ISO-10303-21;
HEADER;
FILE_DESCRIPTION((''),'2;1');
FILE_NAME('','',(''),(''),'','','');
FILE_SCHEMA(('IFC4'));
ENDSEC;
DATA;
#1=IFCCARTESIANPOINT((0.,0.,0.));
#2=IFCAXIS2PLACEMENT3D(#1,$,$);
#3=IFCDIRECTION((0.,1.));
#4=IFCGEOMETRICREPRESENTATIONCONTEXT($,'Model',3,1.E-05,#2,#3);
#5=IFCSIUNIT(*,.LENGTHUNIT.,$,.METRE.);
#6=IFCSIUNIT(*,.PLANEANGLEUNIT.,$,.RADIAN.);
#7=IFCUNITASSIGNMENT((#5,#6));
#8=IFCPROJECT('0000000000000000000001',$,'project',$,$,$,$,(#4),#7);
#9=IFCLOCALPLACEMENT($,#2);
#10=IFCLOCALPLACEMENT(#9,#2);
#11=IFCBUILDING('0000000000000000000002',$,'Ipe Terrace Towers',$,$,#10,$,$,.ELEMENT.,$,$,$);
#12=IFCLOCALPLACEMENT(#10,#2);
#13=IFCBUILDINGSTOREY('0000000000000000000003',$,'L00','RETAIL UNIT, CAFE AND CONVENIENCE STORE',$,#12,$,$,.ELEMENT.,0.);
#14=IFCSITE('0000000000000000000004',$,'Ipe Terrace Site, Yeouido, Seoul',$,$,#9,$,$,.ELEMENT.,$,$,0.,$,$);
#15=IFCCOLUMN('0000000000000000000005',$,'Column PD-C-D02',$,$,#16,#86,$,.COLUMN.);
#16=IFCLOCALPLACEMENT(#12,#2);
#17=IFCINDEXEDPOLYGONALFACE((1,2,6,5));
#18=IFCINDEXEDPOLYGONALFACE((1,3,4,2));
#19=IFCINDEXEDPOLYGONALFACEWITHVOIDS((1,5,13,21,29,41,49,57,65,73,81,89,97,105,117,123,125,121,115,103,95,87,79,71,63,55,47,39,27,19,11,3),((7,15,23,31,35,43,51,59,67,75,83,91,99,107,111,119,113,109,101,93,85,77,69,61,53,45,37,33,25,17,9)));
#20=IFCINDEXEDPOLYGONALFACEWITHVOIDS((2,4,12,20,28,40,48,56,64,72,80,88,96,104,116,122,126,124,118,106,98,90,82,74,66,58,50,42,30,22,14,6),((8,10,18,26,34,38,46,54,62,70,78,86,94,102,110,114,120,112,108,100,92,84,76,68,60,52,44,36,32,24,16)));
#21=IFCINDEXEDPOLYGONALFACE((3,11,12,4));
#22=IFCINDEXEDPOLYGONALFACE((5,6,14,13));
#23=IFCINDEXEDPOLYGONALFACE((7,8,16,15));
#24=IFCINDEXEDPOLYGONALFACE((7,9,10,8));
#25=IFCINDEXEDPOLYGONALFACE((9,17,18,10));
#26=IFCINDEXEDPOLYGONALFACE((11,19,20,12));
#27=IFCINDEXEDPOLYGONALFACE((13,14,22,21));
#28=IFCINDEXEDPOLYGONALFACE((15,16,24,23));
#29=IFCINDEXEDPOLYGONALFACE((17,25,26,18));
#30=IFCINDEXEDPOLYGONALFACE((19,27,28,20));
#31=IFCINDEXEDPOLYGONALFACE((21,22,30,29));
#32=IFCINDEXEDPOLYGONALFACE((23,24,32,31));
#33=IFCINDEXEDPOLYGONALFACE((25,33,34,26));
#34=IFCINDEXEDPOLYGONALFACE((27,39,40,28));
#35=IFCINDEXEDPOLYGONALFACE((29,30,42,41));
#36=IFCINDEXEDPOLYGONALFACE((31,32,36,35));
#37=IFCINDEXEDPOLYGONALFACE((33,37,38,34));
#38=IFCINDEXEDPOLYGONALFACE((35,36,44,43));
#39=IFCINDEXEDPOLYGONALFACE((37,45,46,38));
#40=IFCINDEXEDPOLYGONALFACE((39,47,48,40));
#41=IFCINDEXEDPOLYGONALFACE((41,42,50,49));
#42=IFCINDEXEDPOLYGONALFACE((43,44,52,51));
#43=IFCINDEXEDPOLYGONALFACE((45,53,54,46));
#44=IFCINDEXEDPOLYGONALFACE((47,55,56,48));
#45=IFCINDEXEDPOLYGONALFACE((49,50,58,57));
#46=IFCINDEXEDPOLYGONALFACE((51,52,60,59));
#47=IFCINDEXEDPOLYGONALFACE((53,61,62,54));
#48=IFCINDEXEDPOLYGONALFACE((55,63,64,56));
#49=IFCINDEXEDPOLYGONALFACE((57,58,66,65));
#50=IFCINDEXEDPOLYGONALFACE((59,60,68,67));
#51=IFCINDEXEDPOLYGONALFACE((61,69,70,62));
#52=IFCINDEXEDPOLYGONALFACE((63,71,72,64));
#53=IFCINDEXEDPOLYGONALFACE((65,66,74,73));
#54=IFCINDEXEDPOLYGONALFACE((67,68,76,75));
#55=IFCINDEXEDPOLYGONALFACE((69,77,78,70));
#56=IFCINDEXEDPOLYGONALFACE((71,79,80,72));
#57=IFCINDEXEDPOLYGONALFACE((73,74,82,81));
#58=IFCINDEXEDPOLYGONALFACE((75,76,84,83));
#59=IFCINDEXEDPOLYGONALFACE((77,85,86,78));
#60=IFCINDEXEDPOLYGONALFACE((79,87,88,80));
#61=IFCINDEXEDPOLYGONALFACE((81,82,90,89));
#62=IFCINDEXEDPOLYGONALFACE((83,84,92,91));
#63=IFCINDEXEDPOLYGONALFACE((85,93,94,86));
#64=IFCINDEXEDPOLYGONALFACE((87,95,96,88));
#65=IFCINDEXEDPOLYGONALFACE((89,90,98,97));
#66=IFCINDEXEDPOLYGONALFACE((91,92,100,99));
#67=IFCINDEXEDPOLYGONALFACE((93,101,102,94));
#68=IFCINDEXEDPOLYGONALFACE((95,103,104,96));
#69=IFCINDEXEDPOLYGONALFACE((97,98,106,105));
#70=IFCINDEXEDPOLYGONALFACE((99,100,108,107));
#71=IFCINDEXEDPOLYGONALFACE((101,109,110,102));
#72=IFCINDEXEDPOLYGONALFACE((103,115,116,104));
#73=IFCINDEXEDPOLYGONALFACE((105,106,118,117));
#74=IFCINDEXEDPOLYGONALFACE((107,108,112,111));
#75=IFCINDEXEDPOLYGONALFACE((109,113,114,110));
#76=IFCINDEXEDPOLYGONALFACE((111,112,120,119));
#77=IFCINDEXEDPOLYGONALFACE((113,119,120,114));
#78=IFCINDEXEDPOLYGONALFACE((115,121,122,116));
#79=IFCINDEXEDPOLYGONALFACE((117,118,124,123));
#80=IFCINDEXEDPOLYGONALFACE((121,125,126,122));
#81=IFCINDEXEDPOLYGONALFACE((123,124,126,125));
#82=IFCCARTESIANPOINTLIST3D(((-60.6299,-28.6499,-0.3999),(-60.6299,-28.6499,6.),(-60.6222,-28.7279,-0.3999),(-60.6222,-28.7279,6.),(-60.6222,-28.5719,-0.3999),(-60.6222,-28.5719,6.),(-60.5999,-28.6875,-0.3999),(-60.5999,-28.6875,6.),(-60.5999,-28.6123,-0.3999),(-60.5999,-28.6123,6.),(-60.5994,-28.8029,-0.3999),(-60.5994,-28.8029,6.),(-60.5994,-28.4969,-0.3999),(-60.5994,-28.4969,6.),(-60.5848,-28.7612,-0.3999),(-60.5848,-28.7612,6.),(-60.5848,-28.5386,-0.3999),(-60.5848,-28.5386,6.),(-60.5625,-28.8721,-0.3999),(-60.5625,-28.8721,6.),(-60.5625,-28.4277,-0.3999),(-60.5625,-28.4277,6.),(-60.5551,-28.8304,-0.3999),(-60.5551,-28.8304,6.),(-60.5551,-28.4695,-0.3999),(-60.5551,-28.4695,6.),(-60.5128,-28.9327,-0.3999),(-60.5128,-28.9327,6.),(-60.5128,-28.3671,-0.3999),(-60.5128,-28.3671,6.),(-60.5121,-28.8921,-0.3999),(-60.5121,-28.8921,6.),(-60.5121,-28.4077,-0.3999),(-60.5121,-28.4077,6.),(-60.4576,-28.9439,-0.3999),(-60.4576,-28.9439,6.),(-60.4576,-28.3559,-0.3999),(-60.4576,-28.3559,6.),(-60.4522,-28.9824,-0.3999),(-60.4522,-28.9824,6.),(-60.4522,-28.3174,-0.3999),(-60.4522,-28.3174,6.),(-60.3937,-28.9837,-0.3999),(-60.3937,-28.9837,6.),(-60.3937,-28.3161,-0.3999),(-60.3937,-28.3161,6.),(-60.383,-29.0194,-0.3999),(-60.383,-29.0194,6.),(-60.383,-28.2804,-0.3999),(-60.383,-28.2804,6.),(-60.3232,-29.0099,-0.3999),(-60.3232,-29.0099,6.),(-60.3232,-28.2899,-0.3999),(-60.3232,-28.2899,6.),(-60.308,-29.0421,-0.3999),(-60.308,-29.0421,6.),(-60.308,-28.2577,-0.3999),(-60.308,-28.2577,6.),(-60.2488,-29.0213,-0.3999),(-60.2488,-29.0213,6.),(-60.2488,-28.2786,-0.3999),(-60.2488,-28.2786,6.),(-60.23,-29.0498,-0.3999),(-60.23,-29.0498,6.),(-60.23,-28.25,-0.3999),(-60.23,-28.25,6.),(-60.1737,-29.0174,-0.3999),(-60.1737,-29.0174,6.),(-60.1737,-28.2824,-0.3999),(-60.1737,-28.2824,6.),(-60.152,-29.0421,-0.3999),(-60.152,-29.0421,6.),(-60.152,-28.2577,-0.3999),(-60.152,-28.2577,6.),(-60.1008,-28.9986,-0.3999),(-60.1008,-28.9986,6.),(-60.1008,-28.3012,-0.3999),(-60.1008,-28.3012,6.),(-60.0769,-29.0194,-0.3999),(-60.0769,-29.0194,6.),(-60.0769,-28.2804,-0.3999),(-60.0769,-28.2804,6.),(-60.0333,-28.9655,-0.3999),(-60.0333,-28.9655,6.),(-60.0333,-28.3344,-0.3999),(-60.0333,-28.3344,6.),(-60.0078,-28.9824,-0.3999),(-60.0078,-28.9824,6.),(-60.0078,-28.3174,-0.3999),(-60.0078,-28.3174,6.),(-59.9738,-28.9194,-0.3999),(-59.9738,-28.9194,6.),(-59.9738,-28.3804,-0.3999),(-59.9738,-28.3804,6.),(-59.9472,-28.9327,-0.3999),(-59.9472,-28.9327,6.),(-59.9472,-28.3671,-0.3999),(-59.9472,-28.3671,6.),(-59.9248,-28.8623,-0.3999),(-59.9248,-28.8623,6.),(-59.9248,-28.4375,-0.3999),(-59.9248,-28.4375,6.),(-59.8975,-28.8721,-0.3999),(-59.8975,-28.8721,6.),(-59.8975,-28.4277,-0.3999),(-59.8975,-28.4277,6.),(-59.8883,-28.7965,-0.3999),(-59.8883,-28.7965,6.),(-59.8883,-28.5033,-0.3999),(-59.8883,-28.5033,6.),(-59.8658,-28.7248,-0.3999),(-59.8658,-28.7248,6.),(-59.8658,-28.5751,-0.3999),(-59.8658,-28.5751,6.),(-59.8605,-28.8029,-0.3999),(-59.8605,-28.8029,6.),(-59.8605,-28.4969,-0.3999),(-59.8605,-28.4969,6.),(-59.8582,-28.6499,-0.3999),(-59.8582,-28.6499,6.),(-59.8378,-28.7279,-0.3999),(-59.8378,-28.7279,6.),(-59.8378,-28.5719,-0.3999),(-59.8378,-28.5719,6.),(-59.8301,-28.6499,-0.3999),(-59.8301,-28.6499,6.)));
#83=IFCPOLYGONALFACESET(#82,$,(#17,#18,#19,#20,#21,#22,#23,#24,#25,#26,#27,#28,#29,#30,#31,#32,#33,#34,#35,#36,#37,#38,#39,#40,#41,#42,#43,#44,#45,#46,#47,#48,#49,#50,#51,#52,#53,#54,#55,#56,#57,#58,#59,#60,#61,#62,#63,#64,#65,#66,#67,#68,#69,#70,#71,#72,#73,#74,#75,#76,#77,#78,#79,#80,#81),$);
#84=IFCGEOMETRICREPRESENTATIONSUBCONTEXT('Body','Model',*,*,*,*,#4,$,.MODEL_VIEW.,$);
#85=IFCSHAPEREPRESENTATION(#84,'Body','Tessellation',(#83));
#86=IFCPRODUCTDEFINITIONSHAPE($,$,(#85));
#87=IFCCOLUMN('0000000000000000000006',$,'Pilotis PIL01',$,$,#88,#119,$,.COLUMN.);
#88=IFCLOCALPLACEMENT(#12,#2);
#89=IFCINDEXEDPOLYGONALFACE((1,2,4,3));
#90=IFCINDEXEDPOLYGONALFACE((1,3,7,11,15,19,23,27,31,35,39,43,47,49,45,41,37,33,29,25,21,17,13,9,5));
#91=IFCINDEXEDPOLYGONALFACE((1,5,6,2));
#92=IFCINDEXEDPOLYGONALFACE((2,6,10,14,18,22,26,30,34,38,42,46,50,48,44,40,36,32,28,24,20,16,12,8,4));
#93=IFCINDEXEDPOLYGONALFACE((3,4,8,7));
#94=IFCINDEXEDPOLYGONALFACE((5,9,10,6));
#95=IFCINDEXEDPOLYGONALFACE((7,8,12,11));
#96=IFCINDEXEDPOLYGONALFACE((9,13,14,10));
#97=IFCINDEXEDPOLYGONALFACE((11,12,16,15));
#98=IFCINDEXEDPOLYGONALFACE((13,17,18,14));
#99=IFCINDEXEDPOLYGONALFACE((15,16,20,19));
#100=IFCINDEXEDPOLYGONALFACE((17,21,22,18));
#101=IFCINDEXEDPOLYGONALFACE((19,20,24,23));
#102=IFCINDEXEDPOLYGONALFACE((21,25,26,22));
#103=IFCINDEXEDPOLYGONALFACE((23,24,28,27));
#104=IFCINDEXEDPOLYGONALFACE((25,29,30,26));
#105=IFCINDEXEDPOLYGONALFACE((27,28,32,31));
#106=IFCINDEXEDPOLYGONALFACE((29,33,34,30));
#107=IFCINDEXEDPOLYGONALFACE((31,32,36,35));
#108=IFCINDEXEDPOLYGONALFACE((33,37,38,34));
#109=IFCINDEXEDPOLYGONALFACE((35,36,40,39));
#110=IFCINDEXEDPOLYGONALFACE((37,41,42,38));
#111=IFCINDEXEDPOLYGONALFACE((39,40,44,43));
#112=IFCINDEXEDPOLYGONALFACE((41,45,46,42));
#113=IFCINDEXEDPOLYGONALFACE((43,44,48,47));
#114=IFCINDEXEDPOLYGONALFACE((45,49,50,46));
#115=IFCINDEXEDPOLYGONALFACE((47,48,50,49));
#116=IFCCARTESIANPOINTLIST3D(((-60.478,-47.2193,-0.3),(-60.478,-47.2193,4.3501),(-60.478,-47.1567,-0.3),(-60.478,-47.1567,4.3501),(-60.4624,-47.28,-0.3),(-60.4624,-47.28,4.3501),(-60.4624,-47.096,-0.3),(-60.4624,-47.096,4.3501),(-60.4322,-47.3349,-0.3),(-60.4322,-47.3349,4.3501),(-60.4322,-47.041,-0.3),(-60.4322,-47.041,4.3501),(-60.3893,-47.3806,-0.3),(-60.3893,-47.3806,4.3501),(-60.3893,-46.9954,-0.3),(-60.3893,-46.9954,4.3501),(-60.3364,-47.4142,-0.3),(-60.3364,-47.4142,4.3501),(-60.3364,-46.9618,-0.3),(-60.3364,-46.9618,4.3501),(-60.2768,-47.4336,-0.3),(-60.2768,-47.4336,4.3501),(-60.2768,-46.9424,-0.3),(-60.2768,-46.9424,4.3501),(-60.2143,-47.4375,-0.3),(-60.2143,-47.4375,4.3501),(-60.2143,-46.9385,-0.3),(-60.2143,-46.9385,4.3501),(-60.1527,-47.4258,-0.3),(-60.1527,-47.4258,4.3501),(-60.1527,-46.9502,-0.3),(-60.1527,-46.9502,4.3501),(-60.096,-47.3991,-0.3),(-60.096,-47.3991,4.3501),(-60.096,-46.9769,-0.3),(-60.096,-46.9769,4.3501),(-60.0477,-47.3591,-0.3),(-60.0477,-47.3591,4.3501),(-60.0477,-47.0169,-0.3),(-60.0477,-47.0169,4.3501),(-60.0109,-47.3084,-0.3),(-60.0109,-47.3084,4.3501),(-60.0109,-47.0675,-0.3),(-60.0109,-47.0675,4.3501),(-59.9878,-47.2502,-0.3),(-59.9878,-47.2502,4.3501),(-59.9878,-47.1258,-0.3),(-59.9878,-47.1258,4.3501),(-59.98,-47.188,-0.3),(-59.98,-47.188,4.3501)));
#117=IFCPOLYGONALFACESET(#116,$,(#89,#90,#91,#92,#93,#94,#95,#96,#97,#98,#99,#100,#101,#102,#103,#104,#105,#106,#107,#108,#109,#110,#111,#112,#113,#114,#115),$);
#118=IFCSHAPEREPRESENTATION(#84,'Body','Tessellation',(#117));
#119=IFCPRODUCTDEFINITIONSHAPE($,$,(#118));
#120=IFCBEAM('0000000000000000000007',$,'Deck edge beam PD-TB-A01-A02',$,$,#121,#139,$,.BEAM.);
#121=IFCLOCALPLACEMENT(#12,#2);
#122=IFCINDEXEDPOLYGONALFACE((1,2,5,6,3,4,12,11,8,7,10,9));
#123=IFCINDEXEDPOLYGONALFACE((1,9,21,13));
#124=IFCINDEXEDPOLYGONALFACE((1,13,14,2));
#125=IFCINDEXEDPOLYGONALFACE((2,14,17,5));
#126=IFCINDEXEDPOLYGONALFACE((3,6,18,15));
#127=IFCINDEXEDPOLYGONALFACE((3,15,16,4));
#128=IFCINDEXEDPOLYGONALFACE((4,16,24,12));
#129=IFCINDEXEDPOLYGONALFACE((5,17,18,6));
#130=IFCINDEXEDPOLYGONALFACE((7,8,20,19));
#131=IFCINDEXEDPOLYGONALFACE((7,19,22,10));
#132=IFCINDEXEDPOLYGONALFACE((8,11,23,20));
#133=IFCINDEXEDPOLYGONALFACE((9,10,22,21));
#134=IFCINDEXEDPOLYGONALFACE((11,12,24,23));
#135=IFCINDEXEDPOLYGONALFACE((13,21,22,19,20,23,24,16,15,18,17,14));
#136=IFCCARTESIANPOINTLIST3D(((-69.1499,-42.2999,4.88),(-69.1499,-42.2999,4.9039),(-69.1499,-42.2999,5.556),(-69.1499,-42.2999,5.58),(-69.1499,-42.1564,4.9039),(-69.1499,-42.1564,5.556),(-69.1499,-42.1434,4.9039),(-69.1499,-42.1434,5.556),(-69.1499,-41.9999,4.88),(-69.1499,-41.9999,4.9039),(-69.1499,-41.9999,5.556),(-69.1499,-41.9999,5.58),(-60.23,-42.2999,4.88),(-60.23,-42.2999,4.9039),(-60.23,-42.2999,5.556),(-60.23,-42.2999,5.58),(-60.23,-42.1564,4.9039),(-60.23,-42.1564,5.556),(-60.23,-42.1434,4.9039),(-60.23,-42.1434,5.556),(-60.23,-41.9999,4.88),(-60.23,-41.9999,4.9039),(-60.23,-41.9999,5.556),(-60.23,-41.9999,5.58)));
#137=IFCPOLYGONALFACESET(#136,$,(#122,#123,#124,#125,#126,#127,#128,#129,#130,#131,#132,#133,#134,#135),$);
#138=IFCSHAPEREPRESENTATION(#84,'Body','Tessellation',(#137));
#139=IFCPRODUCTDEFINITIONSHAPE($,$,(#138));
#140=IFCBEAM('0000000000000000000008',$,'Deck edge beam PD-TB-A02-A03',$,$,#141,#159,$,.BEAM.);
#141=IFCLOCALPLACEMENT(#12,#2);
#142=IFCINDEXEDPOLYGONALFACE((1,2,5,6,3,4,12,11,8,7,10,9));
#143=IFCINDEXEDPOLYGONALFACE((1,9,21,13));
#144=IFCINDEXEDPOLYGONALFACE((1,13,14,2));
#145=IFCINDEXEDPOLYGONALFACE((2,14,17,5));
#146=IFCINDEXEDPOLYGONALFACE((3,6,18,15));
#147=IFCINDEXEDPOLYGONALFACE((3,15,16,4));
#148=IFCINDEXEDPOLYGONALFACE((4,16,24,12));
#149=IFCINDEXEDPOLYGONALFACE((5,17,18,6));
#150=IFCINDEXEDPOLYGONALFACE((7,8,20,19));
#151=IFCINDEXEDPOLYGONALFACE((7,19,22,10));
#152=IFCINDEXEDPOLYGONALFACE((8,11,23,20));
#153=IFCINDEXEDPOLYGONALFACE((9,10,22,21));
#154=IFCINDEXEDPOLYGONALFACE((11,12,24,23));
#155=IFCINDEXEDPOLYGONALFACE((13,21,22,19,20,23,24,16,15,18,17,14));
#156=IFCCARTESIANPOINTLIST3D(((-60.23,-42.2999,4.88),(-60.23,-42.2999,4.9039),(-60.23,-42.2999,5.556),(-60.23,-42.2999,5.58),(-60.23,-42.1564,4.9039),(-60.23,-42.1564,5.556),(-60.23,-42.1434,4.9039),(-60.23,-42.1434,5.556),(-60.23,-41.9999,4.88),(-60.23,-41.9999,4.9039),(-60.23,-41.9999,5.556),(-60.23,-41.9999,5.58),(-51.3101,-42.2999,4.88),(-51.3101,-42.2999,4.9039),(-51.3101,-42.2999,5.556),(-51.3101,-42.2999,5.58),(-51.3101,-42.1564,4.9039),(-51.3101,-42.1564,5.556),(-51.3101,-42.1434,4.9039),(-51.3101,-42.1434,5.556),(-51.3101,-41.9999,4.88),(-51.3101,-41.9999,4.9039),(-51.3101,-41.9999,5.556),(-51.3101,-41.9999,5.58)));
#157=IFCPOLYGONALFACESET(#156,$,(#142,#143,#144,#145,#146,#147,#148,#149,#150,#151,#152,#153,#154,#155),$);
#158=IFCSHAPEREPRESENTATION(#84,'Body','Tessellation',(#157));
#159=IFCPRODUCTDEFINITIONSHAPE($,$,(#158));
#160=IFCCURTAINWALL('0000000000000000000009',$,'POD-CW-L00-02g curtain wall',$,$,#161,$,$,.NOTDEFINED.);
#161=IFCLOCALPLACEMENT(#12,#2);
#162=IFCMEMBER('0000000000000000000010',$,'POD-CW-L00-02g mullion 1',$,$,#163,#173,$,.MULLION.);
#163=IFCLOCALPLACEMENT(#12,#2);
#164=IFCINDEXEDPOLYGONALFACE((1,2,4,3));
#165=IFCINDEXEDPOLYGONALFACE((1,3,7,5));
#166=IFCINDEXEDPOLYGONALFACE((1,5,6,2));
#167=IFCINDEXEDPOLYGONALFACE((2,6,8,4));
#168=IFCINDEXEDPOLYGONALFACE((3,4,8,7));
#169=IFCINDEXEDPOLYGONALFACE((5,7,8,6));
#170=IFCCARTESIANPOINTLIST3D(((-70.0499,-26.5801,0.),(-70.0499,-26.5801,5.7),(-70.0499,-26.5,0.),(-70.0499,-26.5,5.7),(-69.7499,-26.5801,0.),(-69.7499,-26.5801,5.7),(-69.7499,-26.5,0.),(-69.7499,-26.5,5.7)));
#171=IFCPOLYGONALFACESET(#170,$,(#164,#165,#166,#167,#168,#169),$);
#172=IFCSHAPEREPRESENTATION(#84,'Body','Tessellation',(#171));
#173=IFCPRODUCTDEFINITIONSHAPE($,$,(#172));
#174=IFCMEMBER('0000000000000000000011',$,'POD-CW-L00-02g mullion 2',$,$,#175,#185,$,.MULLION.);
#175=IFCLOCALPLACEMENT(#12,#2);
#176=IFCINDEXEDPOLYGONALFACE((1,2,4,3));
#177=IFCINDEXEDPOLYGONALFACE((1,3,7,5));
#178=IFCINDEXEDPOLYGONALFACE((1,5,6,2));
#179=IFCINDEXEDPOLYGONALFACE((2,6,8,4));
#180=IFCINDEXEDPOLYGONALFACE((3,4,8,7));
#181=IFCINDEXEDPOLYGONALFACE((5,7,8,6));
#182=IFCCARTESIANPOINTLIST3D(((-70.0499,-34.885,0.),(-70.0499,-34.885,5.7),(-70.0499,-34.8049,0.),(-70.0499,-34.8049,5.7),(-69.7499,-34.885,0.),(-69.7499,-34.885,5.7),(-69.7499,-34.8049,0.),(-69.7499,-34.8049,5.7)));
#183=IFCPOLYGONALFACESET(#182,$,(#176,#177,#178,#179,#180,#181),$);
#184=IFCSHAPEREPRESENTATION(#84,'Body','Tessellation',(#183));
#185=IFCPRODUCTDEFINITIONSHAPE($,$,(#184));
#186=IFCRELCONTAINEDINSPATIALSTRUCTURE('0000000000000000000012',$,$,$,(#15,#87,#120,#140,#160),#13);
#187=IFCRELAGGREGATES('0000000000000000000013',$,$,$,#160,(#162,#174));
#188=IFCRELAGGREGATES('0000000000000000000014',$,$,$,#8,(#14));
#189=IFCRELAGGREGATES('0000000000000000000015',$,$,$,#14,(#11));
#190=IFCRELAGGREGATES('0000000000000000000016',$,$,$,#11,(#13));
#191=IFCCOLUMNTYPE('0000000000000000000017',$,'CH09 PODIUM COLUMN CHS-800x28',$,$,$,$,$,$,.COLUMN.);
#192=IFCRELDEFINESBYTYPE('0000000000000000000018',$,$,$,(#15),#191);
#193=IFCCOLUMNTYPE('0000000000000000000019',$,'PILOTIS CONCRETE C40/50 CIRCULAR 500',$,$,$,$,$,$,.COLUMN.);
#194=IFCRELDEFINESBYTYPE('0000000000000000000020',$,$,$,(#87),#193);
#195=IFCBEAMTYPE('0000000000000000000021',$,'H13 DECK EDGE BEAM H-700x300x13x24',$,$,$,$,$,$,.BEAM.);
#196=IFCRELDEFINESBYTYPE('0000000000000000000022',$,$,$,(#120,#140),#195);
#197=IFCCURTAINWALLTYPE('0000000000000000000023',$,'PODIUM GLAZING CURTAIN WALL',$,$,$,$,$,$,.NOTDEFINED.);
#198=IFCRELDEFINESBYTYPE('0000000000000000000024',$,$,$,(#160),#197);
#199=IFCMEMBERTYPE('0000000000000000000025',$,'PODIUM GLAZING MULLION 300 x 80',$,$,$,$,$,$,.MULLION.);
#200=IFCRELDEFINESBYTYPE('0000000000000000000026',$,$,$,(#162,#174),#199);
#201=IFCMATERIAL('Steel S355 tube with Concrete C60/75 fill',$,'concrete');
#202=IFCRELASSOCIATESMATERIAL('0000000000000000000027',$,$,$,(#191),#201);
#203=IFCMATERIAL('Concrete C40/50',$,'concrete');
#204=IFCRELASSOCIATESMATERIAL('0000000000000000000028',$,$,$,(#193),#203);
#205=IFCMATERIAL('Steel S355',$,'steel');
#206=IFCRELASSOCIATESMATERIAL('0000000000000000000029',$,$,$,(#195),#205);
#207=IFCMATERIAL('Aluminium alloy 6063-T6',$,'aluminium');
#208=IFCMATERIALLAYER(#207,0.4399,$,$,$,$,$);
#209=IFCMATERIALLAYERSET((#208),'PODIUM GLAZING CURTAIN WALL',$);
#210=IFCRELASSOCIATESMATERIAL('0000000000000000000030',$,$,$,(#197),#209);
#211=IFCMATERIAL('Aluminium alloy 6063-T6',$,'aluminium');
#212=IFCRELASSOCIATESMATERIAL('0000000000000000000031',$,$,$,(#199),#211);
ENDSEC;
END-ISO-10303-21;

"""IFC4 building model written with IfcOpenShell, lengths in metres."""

from ifc_helpers import new_model, si_unit, direction, frame, origin, origin_2d, place, context, subcontext, project, spatial, rectangle, circle, hollow_circle, i_section, extrude, material, layer, layer_set, material_profile, profile_set, type_object, element, aggregate, save


model = new_model("IFC4")

# Units and contexts
model_context = context("Model", 3, precision=1e-05, world=origin(), true_north=direction((0.0, 1.0)))
body_context = subcontext(model_context, "Body", "Model", "MODEL_VIEW")
ifc_project = project(units=[si_unit("LENGTHUNIT", "METRE"), si_unit("PLANEANGLEUNIT", "RADIAN")], contexts=[model_context])

# Site, building, storey
site_placement = place(None, origin())
site = spatial("IfcSite", under=ifc_project, at=site_placement, Name="Ipe Terrace Site, Yeouido, Seoul", CompositionType="ELEMENT", RefElevation=0.0)
building_placement = place(site_placement, origin())
building = spatial("IfcBuilding", under=site, at=building_placement, Name="Ipe Terrace Towers", CompositionType="ELEMENT")
storey_placement = place(building_placement, origin())
storey = spatial("IfcBuildingStorey", under=building, at=storey_placement, Name="L00", Description="RETAIL UNIT, CAFE AND CONVENIENCE STORE", CompositionType="ELEMENT", Elevation=0.0)

# Columns
ifc_material_1 = material(Name="Steel S355 tube with Concrete C60/75 fill", Category="concrete")
ifc_material_profile_1 = material_profile(ifc_material_1, hollow_circle(Radius=0.3999, WallThickness=0.0281, at=origin_2d()), Name="CHS-800x28")
ifc_profile_set_1 = profile_set([ifc_material_profile_1], Name="Steel S355 tube with Concrete C60/75 fill")
column_type_1 = type_object("IfcColumnType", Name="CH09 PODIUM COLUMN CHS-800x28", PredefinedType="COLUMN", material=ifc_profile_set_1)
for number, where, z_axis, x_axis, name in (
    (1, (-60.23, -28.6499, -0.3999), (0.0, 0.0, 1.0), (1.0, 0.0, 0.0), "Column PD-C-D02"),
):
    element("IfcColumn", number, at=place(storey_placement, frame(where, z_axis=z_axis, x_axis=x_axis)), inside=storey, type_object=column_type_1, Name=name, PredefinedType="COLUMN", context=body_context, shape_type="SweptSolid", body=[
        extrude(hollow_circle(Radius=0.3999, WallThickness=0.0281, at=origin_2d()), origin(), (0.0, 0.0, 1.0), 6.3999),
    ])
ifc_material_2 = material(Name="Concrete C40/50", Category="concrete")
ifc_material_profile_2 = material_profile(ifc_material_2, circle(Radius=0.25, at=origin_2d()), Name="PILOTIS CONCRETE C40/50 CIRCULAR 500")
ifc_profile_set_2 = profile_set([ifc_material_profile_2], Name="Concrete C40/50")
column_type_2 = type_object("IfcColumnType", Name="PILOTIS CONCRETE C40/50 CIRCULAR 500", PredefinedType="COLUMN", material=ifc_profile_set_2)
column_placement = place(storey_placement, frame((-60.23, -47.188, -0.3), z_axis=(0.0, 0.0, 1.0), x_axis=(1.0, 0.0, 0.0)))
element("IfcColumn", 2, at=column_placement, inside=storey, type_object=column_type_2, Name="Pilotis PIL01", PredefinedType="COLUMN", context=body_context, shape_type="SweptSolid", body=[
    extrude(circle(Radius=0.25, at=origin_2d()), origin(), (0.0, 0.0, 1.0), 4.6501),
])

# Beams
ifc_material_3 = material(Name="Steel S355", Category="steel")
ifc_material_profile_3 = material_profile(ifc_material_3, i_section(OverallWidth=0.3, OverallDepth=0.7, WebThickness=0.0129, FlangeThickness=0.0239, at=origin_2d()), Name="H-700x300x13x24")
ifc_profile_set_3 = profile_set([ifc_material_profile_3], Name="Steel S355")
beam_type = type_object("IfcBeamType", Name="H13 DECK EDGE BEAM H-700x300x13x24", PredefinedType="BEAM", material=ifc_profile_set_3)
for number, where, z_axis, x_axis, name in (
    (3, (-69.1499, -42.1499, 5.23), (1.0, 0.0, 0.0), (0.0, 1.0, 0.0), "Deck edge beam PD-TB-A01-A02"),
    (4, (-60.23, -42.1499, 5.23), (1.0, 0.0, 0.0), (0.0, 1.0, 0.0), "Deck edge beam PD-TB-A02-A03"),
):
    element("IfcBeam", number, at=place(storey_placement, frame(where, z_axis=z_axis, x_axis=x_axis)), inside=storey, type_object=beam_type, Name=name, PredefinedType="BEAM", context=body_context, shape_type="SweptSolid", body=[
        extrude(i_section(OverallWidth=0.3, OverallDepth=0.7, WebThickness=0.0129, FlangeThickness=0.0239, at=origin_2d()), origin(), (0.0, 0.0, 1.0), 8.9199),
    ])

# Curtain wall, members
ifc_material_4 = material(Name="Aluminium alloy 6063-T6", Category="aluminium")
ifc_layer_1 = layer(ifc_material_4, 0.4399)
ifc_layer_set_1 = layer_set([ifc_layer_1], Name="PODIUM GLAZING CURTAIN WALL")
curtain_wall_type = type_object("IfcCurtainWallType", Name="PODIUM GLAZING CURTAIN WALL", PredefinedType="NOTDEFINED", material=ifc_layer_set_1)
curtain_wall_1_placement = place(storey_placement, origin())
curtain_wall_1 = element("IfcCurtainWall", 5, at=curtain_wall_1_placement, inside=storey, type_object=curtain_wall_type, Name="POD-CW-L00-02g curtain wall", PredefinedType="NOTDEFINED")
ifc_material_5 = material(Name="Aluminium alloy 6063-T6", Category="aluminium")
ifc_material_profile_4 = material_profile(ifc_material_5, rectangle(XDim=0.3, YDim=0.0801, at=origin_2d()), Name="PODIUM GLAZING MULLION 300 x 80")
ifc_profile_set_4 = profile_set([ifc_material_profile_4], Name="Aluminium alloy 6063-T6")
member_type_1 = type_object("IfcMemberType", Name="PODIUM GLAZING MULLION 300 x 80", PredefinedType="MULLION", material=ifc_profile_set_4)
member_1_placement = place(storey_placement, frame((-69.8999, -26.54, 0.0), z_axis=(0.0, 0.0, 1.0), x_axis=(-1.0, 0.0, 0.0)))
member_1 = element("IfcMember", 6, at=member_1_placement, type_object=member_type_1, Name="POD-CW-L00-02g mullion 1", PredefinedType="MULLION", context=body_context, shape_type="SweptSolid", body=[
    extrude(rectangle(XDim=0.3, YDim=0.0801, at=origin_2d()), origin(), (0.0, 0.0, 1.0), 5.7),
])
member_2_placement = place(storey_placement, frame((-69.8999, -34.845, 0.0), z_axis=(0.0, 0.0, 1.0), x_axis=(-1.0, 0.0, 0.0)))
member_2 = element("IfcMember", 7, at=member_2_placement, type_object=member_type_1, Name="POD-CW-L00-02g mullion 2", PredefinedType="MULLION", context=body_context, shape_type="SweptSolid", body=[
    extrude(rectangle(XDim=0.3, YDim=0.0801, at=origin_2d()), origin(), (0.0, 0.0, 1.0), 5.7),
])

aggregate(curtain_wall_1, [member_1, member_2])

save(model, "model.ifc")
